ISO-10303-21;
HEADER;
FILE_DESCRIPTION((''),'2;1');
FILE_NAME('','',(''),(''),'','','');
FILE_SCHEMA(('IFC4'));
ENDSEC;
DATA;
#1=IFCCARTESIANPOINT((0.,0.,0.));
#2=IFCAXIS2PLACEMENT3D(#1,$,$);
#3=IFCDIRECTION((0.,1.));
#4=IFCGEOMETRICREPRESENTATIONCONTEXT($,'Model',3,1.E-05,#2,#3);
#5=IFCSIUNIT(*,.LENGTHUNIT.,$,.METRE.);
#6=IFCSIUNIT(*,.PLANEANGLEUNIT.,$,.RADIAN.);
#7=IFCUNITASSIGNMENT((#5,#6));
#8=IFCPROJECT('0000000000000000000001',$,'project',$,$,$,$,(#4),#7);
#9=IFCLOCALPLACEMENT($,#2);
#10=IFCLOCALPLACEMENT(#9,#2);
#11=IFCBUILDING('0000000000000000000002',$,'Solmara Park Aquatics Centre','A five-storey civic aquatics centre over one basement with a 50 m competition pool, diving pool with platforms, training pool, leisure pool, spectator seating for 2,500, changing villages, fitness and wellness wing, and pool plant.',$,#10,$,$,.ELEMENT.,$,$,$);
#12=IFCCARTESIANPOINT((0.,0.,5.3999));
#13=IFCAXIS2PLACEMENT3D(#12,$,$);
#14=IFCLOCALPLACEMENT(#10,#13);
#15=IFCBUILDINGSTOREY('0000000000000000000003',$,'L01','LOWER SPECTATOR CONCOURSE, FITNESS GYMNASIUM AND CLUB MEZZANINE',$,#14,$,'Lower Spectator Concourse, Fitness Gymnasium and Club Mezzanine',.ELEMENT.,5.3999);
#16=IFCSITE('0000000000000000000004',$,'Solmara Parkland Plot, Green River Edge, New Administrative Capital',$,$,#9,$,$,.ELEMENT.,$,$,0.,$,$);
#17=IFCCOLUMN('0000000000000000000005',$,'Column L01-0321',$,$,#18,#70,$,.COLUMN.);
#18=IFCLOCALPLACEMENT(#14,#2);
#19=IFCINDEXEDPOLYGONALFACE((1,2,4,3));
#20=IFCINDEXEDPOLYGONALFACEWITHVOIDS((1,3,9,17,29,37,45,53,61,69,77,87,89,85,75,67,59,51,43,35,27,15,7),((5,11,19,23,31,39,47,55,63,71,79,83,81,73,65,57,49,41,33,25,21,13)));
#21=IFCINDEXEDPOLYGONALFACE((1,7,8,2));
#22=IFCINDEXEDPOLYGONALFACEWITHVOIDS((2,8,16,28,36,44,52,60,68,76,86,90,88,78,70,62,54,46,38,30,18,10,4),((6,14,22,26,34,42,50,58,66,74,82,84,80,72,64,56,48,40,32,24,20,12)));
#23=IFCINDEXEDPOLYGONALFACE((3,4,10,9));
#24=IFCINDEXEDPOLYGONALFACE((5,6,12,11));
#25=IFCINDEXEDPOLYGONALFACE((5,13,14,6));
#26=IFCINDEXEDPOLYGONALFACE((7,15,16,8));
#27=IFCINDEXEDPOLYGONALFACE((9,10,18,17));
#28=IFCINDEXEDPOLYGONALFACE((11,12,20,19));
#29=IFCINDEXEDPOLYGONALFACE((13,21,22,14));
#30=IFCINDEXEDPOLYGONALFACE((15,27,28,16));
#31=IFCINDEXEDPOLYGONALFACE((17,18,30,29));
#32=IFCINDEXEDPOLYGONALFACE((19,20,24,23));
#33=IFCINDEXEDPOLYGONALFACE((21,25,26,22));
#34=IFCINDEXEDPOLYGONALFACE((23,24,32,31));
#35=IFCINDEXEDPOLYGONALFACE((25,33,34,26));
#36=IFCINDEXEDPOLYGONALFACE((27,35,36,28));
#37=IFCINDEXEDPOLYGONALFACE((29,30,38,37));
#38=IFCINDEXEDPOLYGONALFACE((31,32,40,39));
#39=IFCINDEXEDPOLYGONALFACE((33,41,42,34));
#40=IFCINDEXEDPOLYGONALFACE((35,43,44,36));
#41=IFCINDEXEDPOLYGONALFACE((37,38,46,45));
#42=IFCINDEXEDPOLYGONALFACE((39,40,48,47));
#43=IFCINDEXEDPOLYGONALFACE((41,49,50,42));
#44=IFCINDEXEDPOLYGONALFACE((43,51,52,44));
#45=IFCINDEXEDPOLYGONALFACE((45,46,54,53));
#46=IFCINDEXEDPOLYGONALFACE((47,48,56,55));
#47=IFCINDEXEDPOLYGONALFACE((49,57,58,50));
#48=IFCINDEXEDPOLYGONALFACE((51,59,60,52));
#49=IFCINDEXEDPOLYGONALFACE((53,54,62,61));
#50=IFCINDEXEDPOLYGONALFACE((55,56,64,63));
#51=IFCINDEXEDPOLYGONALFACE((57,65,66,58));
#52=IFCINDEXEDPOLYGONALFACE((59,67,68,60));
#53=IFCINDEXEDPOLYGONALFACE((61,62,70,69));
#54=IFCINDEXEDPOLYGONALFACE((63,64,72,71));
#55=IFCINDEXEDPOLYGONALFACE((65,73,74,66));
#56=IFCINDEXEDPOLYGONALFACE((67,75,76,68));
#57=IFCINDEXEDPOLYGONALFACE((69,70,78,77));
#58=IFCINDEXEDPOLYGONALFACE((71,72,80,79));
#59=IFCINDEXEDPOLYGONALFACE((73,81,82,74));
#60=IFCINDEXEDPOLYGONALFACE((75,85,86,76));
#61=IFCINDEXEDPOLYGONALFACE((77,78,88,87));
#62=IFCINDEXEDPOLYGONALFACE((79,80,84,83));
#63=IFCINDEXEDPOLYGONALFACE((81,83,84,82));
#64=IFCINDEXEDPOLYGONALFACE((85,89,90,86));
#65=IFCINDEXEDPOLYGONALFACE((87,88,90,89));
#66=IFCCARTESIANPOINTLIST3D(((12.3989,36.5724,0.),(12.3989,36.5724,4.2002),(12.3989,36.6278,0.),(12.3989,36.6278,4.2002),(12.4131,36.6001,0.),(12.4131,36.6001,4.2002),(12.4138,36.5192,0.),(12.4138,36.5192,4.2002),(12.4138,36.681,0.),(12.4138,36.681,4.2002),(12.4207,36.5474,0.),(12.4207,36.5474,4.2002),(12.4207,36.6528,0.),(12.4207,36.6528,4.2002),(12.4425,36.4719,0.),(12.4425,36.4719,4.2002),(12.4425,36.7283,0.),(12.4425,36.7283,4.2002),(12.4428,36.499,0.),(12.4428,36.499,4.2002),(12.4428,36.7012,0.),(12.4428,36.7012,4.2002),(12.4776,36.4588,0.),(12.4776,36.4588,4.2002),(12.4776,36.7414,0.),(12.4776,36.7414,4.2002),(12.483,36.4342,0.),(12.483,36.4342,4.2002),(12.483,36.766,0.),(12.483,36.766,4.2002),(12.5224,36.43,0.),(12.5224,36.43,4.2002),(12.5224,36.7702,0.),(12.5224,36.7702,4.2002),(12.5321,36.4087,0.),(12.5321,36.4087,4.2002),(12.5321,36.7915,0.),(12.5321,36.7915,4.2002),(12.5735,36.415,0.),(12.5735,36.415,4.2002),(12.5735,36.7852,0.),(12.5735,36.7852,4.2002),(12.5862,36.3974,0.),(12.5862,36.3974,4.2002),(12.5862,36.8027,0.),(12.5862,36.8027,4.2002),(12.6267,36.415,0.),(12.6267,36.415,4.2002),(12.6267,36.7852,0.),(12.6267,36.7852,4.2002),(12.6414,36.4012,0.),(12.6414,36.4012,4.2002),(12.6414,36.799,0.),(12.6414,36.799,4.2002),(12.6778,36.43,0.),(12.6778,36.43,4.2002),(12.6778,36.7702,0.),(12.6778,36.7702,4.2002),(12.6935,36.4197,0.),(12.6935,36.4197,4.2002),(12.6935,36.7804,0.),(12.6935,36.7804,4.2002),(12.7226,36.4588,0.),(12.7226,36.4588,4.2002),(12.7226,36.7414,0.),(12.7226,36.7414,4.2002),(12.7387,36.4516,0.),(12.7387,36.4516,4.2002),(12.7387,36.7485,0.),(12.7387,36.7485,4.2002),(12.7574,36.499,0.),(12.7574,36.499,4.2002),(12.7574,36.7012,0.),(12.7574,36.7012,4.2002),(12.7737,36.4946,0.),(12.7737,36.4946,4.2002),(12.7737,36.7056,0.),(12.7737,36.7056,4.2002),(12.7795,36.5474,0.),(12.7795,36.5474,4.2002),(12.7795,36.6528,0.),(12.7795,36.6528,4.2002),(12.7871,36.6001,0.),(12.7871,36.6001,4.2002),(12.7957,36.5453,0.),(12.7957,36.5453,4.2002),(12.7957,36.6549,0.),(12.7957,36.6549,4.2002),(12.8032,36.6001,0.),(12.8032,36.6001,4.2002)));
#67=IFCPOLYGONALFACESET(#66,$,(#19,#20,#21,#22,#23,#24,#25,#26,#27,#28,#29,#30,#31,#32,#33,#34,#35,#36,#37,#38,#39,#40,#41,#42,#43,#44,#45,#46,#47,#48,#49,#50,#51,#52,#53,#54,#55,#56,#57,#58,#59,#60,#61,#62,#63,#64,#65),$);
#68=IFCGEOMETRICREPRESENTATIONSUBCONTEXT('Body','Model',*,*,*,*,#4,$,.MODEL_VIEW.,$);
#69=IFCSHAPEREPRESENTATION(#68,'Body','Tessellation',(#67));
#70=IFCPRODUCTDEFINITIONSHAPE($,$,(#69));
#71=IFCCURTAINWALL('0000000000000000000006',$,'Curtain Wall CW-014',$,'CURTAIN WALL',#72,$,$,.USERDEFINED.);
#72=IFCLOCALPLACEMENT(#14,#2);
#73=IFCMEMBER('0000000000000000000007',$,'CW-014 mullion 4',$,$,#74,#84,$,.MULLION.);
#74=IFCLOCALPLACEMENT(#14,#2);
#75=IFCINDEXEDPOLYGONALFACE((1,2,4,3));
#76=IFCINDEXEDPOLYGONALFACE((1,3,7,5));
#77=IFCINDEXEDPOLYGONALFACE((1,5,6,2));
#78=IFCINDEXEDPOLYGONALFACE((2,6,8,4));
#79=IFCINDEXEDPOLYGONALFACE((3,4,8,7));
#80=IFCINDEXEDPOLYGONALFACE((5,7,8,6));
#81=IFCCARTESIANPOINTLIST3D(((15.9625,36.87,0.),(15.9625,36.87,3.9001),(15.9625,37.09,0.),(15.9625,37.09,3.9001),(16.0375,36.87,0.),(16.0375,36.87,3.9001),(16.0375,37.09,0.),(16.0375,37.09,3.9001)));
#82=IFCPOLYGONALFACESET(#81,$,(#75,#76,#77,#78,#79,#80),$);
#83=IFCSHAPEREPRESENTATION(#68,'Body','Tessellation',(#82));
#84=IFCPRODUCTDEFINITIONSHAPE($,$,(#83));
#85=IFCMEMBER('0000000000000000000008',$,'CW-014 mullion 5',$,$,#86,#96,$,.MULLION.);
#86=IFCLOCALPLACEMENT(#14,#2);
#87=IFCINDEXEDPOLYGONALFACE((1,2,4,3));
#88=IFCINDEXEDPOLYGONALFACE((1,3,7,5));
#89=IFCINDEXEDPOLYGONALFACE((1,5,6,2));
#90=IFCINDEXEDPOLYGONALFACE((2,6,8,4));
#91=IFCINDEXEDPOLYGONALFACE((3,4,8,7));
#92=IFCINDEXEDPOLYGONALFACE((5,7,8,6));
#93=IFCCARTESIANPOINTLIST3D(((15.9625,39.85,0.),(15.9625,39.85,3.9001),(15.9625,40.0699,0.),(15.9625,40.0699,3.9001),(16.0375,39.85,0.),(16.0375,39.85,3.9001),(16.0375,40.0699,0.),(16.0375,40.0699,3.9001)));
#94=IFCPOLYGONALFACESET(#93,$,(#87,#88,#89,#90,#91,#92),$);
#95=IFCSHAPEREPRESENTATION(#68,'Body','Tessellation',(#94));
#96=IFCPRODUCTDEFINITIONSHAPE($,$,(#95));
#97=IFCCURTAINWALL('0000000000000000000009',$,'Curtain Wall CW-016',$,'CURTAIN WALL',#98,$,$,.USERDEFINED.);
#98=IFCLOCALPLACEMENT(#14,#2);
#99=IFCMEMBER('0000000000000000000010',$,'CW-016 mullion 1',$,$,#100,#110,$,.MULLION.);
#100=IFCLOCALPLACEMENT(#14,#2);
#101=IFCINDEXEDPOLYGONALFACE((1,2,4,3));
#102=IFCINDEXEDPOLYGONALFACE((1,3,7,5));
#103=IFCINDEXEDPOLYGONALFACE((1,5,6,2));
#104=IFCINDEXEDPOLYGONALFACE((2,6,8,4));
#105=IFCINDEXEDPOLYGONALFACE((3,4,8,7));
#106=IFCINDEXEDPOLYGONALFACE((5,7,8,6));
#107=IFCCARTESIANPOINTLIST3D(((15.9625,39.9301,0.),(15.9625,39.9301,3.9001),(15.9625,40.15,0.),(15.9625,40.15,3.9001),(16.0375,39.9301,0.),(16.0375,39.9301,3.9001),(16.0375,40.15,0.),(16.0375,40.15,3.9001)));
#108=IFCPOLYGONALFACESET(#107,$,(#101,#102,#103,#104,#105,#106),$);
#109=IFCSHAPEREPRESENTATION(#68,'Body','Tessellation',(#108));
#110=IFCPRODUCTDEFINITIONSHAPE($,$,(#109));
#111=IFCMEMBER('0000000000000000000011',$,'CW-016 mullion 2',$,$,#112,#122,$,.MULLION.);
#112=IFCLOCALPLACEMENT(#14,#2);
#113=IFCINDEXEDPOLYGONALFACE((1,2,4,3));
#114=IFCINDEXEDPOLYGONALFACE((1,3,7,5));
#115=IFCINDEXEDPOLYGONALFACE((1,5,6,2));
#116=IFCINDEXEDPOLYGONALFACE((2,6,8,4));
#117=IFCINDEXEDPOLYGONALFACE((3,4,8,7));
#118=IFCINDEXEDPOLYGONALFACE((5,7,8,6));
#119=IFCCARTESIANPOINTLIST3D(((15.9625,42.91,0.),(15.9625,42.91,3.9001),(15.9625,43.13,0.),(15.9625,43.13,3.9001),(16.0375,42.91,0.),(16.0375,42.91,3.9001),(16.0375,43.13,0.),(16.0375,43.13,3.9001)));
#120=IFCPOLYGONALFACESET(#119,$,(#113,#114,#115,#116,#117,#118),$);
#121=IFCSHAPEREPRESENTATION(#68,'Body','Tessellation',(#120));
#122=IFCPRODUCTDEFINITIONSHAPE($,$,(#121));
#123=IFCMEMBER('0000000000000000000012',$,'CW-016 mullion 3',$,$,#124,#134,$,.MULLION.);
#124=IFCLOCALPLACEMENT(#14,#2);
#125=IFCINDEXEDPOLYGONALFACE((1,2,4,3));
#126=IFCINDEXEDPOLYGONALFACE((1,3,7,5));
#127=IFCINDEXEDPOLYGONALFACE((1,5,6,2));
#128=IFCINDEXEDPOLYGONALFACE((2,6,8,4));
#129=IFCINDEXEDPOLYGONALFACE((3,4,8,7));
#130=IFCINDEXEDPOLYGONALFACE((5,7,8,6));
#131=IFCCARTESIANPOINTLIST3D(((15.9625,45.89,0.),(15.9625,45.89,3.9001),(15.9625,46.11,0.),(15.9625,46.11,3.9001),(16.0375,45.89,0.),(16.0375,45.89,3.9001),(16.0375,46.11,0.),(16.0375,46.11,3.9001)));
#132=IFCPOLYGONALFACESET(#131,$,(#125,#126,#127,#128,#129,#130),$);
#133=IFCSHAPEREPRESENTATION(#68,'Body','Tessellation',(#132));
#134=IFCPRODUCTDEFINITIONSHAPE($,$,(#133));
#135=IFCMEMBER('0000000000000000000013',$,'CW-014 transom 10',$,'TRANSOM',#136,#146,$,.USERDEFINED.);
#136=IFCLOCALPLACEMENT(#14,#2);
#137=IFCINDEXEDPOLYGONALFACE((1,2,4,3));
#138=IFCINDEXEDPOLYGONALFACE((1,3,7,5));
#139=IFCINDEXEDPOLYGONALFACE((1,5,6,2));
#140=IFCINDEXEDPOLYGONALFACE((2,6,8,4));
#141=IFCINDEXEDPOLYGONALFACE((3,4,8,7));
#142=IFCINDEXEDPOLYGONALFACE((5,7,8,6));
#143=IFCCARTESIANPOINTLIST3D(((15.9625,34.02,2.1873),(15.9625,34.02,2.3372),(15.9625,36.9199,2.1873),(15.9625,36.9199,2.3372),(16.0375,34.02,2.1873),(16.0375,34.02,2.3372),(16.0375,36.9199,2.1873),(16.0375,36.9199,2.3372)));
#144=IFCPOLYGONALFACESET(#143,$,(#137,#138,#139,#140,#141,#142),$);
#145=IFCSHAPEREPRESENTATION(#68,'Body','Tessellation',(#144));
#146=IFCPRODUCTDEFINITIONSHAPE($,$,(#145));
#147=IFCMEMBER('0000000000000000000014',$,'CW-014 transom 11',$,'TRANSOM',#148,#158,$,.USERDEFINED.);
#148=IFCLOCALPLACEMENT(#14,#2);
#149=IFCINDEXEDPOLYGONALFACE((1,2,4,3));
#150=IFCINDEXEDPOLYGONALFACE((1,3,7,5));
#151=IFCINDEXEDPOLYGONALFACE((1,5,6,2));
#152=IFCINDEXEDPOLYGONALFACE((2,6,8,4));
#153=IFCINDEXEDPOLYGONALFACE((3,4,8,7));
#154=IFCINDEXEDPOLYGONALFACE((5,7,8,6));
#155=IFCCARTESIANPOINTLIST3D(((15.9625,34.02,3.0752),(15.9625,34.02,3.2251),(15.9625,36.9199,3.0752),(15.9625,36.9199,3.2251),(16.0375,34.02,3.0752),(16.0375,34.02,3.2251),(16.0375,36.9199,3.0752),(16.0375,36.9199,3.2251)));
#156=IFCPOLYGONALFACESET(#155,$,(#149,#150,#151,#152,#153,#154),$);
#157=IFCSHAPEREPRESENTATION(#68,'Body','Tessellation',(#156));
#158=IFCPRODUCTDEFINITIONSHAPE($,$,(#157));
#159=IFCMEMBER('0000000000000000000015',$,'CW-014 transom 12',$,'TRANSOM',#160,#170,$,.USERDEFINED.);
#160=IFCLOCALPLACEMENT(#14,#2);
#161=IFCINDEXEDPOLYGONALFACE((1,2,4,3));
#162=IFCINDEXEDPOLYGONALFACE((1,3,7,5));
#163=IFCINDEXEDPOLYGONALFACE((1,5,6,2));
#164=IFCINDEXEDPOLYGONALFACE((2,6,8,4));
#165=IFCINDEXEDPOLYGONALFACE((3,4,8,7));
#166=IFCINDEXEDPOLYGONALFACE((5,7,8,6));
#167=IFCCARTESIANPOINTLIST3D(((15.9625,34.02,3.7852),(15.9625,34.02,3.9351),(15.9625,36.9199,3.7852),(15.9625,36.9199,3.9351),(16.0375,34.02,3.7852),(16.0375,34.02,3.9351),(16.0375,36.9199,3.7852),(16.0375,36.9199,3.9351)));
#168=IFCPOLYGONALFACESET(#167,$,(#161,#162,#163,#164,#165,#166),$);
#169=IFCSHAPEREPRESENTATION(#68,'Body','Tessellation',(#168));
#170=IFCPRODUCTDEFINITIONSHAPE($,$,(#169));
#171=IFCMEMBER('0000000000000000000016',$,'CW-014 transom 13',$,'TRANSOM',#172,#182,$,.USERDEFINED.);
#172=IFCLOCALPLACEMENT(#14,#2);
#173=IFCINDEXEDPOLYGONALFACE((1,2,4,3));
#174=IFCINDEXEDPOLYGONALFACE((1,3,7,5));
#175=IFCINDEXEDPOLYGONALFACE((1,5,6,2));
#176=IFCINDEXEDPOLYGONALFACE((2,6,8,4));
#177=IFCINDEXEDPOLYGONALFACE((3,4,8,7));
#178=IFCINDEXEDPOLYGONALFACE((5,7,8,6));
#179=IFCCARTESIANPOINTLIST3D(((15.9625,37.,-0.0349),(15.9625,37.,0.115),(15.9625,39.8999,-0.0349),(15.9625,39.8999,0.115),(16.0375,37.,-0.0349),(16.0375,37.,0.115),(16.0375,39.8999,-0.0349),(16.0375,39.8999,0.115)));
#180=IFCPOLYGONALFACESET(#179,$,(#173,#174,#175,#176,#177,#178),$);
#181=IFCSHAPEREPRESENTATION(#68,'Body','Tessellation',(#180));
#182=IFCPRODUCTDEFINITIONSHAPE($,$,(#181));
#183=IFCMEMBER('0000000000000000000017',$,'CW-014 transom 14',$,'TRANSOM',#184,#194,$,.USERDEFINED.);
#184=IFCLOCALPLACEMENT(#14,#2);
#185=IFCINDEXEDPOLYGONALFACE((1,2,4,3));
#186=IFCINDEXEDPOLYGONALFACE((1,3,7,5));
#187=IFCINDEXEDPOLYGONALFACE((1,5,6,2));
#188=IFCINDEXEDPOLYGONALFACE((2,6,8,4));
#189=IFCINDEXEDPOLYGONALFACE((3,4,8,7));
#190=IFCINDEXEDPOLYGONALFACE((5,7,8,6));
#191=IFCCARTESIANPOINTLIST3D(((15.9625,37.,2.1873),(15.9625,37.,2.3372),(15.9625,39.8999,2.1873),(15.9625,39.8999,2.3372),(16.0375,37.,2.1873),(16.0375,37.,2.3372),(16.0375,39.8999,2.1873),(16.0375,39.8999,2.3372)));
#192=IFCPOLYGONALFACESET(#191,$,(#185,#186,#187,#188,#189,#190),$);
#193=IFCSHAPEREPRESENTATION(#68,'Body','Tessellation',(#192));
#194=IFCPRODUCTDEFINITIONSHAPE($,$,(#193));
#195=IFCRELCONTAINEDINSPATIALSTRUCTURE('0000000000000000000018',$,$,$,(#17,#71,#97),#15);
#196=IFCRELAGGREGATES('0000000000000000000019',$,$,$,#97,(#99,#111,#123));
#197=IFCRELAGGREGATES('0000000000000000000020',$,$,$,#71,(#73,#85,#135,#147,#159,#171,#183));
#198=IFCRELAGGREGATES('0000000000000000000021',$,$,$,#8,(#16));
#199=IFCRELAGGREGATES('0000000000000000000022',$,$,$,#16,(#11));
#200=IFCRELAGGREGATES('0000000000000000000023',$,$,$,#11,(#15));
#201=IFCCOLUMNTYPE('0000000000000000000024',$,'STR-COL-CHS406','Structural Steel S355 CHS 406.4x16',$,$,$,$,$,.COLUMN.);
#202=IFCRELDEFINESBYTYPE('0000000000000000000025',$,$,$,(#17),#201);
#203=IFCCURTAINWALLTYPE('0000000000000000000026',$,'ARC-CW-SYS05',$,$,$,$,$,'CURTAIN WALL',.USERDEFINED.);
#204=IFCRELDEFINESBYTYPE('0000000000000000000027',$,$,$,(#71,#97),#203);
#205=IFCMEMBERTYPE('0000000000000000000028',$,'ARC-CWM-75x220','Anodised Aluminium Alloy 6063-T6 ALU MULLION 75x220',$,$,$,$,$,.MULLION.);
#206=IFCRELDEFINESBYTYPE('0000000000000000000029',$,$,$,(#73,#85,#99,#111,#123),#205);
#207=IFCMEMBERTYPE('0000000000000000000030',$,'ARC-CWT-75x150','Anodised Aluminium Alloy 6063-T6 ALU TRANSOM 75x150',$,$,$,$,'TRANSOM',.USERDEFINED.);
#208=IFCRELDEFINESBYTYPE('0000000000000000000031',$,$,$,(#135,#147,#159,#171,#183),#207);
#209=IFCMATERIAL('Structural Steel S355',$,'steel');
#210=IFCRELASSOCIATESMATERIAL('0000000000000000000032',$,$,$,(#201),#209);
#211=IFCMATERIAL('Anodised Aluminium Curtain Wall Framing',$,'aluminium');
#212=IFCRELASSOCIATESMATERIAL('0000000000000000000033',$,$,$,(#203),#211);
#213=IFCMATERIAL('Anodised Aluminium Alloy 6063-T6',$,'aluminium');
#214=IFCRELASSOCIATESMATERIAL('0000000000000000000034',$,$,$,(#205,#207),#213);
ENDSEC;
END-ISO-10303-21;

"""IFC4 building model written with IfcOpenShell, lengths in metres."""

from ifc_helpers import new_model, si_unit, direction, frame, origin, origin_2d, place, context, subcontext, project, spatial, rectangle, hollow_circle, extrude, material, material_profile, profile_set, type_object, element, aggregate, save


model = new_model("IFC4")

# Units and contexts
model_context = context("Model", 3, precision=1e-05, world=origin(), true_north=direction((0.0, 1.0)))
body_context = subcontext(model_context, "Body", "Model", "MODEL_VIEW")
ifc_project = project(units=[si_unit("LENGTHUNIT", "METRE"), si_unit("PLANEANGLEUNIT", "RADIAN")], contexts=[model_context])

# Site, building, storey
site_placement = place(None, origin())
site = spatial("IfcSite", under=ifc_project, at=site_placement, Name="Solmara Parkland Plot, Green River Edge, New Administrative Capital", CompositionType="ELEMENT", RefElevation=0.0)
building_placement = place(site_placement, origin())
building = spatial("IfcBuilding", under=site, at=building_placement, Name="Solmara Park Aquatics Centre", Description="A five-storey civic aquatics centre over one basement with a 50 m competition pool, diving pool with platforms, training pool, leisure pool, spectator seating for 2,500, changing villages, fitness and wellness wing, and pool plant.", CompositionType="ELEMENT")
storey_placement = place(building_placement, frame((0.0, 0.0, 5.3999)))
storey = spatial("IfcBuildingStorey", under=building, at=storey_placement, Name="L01", Description="LOWER SPECTATOR CONCOURSE, FITNESS GYMNASIUM AND CLUB MEZZANINE", LongName="Lower Spectator Concourse, Fitness Gymnasium and Club Mezzanine", CompositionType="ELEMENT", Elevation=5.3999)

# Column
ifc_material_1 = material(Name="Structural Steel S355", Category="steel")
ifc_material_profile_1 = material_profile(ifc_material_1, hollow_circle(Radius=0.2031, WallThickness=0.0161, at=origin_2d()), Name="CHS 406.4x16")
ifc_profile_set_1 = profile_set([ifc_material_profile_1], Name="Structural Steel S355")
column_type = type_object("IfcColumnType", Name="STR-COL-CHS406", Description="Structural Steel S355 CHS 406.4x16", PredefinedType="COLUMN", material=ifc_profile_set_1)
column_placement = place(storey_placement, frame((12.6001, 36.6001, 0.0), z_axis=(0.0, 0.0, 1.0), x_axis=(1.0, 0.0, 0.0)))
element("IfcColumn", 1, at=column_placement, inside=storey, type_object=column_type, Name="Column L01-0321", PredefinedType="COLUMN", context=body_context, shape_type="SweptSolid", body=[
    extrude(hollow_circle(Radius=0.2031, WallThickness=0.0161, at=origin_2d()), origin(), (0.0, 0.0, 1.0), 4.2002),
])

# Curtain walls, members
ifc_material_2 = material(Name="Anodised Aluminium Curtain Wall Framing", Category="aluminium")
curtain_wall_type = type_object("IfcCurtainWallType", Name="ARC-CW-SYS05", ElementType="CURTAIN WALL", PredefinedType="USERDEFINED", material=ifc_material_2)
curtain_wall_1_placement = place(storey_placement, origin())
curtain_wall_1 = element("IfcCurtainWall", 2, at=curtain_wall_1_placement, inside=storey, type_object=curtain_wall_type, Name="Curtain Wall CW-014", ObjectType="CURTAIN WALL", PredefinedType="USERDEFINED")
ifc_material_3 = material(Name="Anodised Aluminium Alloy 6063-T6", Category="aluminium")
ifc_material_profile_2 = material_profile(ifc_material_3, rectangle(XDim=0.075, YDim=0.22, at=origin_2d()), Name="ALU MULLION 75x220")
ifc_profile_set_2 = profile_set([ifc_material_profile_2], Name="Anodised Aluminium Alloy 6063-T6")
member_type_1 = type_object("IfcMemberType", Name="ARC-CWM-75x220", Description="Anodised Aluminium Alloy 6063-T6 ALU MULLION 75x220", PredefinedType="MULLION", material=ifc_profile_set_2)
member_1_placement = place(storey_placement, frame((16.0, 36.98, 0.0), z_axis=(0.0, 0.0, 1.0), x_axis=(1.0, 0.0, 0.0)))
member_1 = element("IfcMember", 3, at=member_1_placement, type_object=member_type_1, Name="CW-014 mullion 4", PredefinedType="MULLION", context=body_context, shape_type="SweptSolid", body=[
    extrude(rectangle(XDim=0.075, YDim=0.22, at=origin_2d()), origin(), (0.0, 0.0, 1.0), 3.9001),
])
member_2_placement = place(storey_placement, frame((16.0, 39.96, 0.0), z_axis=(0.0, 0.0, 1.0), x_axis=(1.0, 0.0, 0.0)))
member_2 = element("IfcMember", 4, at=member_2_placement, type_object=member_type_1, Name="CW-014 mullion 5", PredefinedType="MULLION", context=body_context, shape_type="SweptSolid", body=[
    extrude(rectangle(XDim=0.075, YDim=0.22, at=origin_2d()), origin(), (0.0, 0.0, 1.0), 3.9001),
])
curtain_wall_2_placement = place(storey_placement, origin())
curtain_wall_2 = element("IfcCurtainWall", 5, at=curtain_wall_2_placement, inside=storey, type_object=curtain_wall_type, Name="Curtain Wall CW-016", ObjectType="CURTAIN WALL", PredefinedType="USERDEFINED")
member_3_placement = place(storey_placement, frame((16.0, 40.04, 0.0), z_axis=(0.0, 0.0, 1.0), x_axis=(1.0, 0.0, 0.0)))
member_3 = element("IfcMember", 6, at=member_3_placement, type_object=member_type_1, Name="CW-016 mullion 1", PredefinedType="MULLION", context=body_context, shape_type="SweptSolid", body=[
    extrude(rectangle(XDim=0.075, YDim=0.22, at=origin_2d()), origin(), (0.0, 0.0, 1.0), 3.9001),
])
member_4_placement = place(storey_placement, frame((16.0, 43.02, 0.0), z_axis=(0.0, 0.0, 1.0), x_axis=(1.0, 0.0, 0.0)))
member_4 = element("IfcMember", 7, at=member_4_placement, type_object=member_type_1, Name="CW-016 mullion 2", PredefinedType="MULLION", context=body_context, shape_type="SweptSolid", body=[
    extrude(rectangle(XDim=0.075, YDim=0.22, at=origin_2d()), origin(), (0.0, 0.0, 1.0), 3.9001),
])
member_5_placement = place(storey_placement, frame((16.0, 46.0, 0.0), z_axis=(0.0, 0.0, 1.0), x_axis=(1.0, 0.0, 0.0)))
member_5 = element("IfcMember", 8, at=member_5_placement, type_object=member_type_1, Name="CW-016 mullion 3", PredefinedType="MULLION", context=body_context, shape_type="SweptSolid", body=[
    extrude(rectangle(XDim=0.075, YDim=0.22, at=origin_2d()), origin(), (0.0, 0.0, 1.0), 3.9001),
])

# Members
ifc_material_profile_3 = material_profile(ifc_material_3, rectangle(XDim=0.075, YDim=0.1499, at=origin_2d()), Name="ALU TRANSOM 75x150")
ifc_profile_set_3 = profile_set([ifc_material_profile_3], Name="Anodised Aluminium Alloy 6063-T6")
member_type_2 = type_object("IfcMemberType", Name="ARC-CWT-75x150", Description="Anodised Aluminium Alloy 6063-T6 ALU TRANSOM 75x150", ElementType="TRANSOM", PredefinedType="USERDEFINED", material=ifc_profile_set_3)
member_6_placement = place(storey_placement, frame((16.0, 34.02, 2.2622), z_axis=(0.0, 1.0, 0.0), x_axis=(-1.0, 0.0, 0.0)))
member_6 = element("IfcMember", 9, at=member_6_placement, type_object=member_type_2, Name="CW-014 transom 10", ObjectType="TRANSOM", PredefinedType="USERDEFINED", context=body_context, shape_type="SweptSolid", body=[
    extrude(rectangle(XDim=0.075, YDim=0.1499, at=origin_2d()), origin(), (0.0, 0.0, 1.0), 2.8999),
])
member_7_placement = place(storey_placement, frame((16.0, 34.02, 3.1501), z_axis=(0.0, 1.0, 0.0), x_axis=(-1.0, 0.0, 0.0)))
member_7 = element("IfcMember", 10, at=member_7_placement, type_object=member_type_2, Name="CW-014 transom 11", ObjectType="TRANSOM", PredefinedType="USERDEFINED", context=body_context, shape_type="SweptSolid", body=[
    extrude(rectangle(XDim=0.075, YDim=0.1499, at=origin_2d()), origin(), (0.0, 0.0, 1.0), 2.8999),
])
member_8_placement = place(storey_placement, frame((16.0, 34.02, 3.8601), z_axis=(0.0, 1.0, 0.0), x_axis=(-1.0, 0.0, 0.0)))
member_8 = element("IfcMember", 11, at=member_8_placement, type_object=member_type_2, Name="CW-014 transom 12", ObjectType="TRANSOM", PredefinedType="USERDEFINED", context=body_context, shape_type="SweptSolid", body=[
    extrude(rectangle(XDim=0.075, YDim=0.1499, at=origin_2d()), origin(), (0.0, 0.0, 1.0), 2.8999),
])
member_9_placement = place(storey_placement, frame((16.0, 37.0, 0.04), z_axis=(0.0, 1.0, 0.0), x_axis=(-1.0, 0.0, 0.0)))
member_9 = element("IfcMember", 12, at=member_9_placement, type_object=member_type_2, Name="CW-014 transom 13", ObjectType="TRANSOM", PredefinedType="USERDEFINED", context=body_context, shape_type="SweptSolid", body=[
    extrude(rectangle(XDim=0.075, YDim=0.1499, at=origin_2d()), origin(), (0.0, 0.0, 1.0), 2.8999),
])
member_10_placement = place(storey_placement, frame((16.0, 37.0, 2.2622), z_axis=(0.0, 1.0, 0.0), x_axis=(-1.0, 0.0, 0.0)))
member_10 = element("IfcMember", 13, at=member_10_placement, type_object=member_type_2, Name="CW-014 transom 14", ObjectType="TRANSOM", PredefinedType="USERDEFINED", context=body_context, shape_type="SweptSolid", body=[
    extrude(rectangle(XDim=0.075, YDim=0.1499, at=origin_2d()), origin(), (0.0, 0.0, 1.0), 2.8999),
])

aggregate(curtain_wall_2, [member_3, member_4, member_5])
aggregate(curtain_wall_1, [member_1, member_2, member_6, member_7, member_8, member_9, member_10])

save(model, "model.ifc")
